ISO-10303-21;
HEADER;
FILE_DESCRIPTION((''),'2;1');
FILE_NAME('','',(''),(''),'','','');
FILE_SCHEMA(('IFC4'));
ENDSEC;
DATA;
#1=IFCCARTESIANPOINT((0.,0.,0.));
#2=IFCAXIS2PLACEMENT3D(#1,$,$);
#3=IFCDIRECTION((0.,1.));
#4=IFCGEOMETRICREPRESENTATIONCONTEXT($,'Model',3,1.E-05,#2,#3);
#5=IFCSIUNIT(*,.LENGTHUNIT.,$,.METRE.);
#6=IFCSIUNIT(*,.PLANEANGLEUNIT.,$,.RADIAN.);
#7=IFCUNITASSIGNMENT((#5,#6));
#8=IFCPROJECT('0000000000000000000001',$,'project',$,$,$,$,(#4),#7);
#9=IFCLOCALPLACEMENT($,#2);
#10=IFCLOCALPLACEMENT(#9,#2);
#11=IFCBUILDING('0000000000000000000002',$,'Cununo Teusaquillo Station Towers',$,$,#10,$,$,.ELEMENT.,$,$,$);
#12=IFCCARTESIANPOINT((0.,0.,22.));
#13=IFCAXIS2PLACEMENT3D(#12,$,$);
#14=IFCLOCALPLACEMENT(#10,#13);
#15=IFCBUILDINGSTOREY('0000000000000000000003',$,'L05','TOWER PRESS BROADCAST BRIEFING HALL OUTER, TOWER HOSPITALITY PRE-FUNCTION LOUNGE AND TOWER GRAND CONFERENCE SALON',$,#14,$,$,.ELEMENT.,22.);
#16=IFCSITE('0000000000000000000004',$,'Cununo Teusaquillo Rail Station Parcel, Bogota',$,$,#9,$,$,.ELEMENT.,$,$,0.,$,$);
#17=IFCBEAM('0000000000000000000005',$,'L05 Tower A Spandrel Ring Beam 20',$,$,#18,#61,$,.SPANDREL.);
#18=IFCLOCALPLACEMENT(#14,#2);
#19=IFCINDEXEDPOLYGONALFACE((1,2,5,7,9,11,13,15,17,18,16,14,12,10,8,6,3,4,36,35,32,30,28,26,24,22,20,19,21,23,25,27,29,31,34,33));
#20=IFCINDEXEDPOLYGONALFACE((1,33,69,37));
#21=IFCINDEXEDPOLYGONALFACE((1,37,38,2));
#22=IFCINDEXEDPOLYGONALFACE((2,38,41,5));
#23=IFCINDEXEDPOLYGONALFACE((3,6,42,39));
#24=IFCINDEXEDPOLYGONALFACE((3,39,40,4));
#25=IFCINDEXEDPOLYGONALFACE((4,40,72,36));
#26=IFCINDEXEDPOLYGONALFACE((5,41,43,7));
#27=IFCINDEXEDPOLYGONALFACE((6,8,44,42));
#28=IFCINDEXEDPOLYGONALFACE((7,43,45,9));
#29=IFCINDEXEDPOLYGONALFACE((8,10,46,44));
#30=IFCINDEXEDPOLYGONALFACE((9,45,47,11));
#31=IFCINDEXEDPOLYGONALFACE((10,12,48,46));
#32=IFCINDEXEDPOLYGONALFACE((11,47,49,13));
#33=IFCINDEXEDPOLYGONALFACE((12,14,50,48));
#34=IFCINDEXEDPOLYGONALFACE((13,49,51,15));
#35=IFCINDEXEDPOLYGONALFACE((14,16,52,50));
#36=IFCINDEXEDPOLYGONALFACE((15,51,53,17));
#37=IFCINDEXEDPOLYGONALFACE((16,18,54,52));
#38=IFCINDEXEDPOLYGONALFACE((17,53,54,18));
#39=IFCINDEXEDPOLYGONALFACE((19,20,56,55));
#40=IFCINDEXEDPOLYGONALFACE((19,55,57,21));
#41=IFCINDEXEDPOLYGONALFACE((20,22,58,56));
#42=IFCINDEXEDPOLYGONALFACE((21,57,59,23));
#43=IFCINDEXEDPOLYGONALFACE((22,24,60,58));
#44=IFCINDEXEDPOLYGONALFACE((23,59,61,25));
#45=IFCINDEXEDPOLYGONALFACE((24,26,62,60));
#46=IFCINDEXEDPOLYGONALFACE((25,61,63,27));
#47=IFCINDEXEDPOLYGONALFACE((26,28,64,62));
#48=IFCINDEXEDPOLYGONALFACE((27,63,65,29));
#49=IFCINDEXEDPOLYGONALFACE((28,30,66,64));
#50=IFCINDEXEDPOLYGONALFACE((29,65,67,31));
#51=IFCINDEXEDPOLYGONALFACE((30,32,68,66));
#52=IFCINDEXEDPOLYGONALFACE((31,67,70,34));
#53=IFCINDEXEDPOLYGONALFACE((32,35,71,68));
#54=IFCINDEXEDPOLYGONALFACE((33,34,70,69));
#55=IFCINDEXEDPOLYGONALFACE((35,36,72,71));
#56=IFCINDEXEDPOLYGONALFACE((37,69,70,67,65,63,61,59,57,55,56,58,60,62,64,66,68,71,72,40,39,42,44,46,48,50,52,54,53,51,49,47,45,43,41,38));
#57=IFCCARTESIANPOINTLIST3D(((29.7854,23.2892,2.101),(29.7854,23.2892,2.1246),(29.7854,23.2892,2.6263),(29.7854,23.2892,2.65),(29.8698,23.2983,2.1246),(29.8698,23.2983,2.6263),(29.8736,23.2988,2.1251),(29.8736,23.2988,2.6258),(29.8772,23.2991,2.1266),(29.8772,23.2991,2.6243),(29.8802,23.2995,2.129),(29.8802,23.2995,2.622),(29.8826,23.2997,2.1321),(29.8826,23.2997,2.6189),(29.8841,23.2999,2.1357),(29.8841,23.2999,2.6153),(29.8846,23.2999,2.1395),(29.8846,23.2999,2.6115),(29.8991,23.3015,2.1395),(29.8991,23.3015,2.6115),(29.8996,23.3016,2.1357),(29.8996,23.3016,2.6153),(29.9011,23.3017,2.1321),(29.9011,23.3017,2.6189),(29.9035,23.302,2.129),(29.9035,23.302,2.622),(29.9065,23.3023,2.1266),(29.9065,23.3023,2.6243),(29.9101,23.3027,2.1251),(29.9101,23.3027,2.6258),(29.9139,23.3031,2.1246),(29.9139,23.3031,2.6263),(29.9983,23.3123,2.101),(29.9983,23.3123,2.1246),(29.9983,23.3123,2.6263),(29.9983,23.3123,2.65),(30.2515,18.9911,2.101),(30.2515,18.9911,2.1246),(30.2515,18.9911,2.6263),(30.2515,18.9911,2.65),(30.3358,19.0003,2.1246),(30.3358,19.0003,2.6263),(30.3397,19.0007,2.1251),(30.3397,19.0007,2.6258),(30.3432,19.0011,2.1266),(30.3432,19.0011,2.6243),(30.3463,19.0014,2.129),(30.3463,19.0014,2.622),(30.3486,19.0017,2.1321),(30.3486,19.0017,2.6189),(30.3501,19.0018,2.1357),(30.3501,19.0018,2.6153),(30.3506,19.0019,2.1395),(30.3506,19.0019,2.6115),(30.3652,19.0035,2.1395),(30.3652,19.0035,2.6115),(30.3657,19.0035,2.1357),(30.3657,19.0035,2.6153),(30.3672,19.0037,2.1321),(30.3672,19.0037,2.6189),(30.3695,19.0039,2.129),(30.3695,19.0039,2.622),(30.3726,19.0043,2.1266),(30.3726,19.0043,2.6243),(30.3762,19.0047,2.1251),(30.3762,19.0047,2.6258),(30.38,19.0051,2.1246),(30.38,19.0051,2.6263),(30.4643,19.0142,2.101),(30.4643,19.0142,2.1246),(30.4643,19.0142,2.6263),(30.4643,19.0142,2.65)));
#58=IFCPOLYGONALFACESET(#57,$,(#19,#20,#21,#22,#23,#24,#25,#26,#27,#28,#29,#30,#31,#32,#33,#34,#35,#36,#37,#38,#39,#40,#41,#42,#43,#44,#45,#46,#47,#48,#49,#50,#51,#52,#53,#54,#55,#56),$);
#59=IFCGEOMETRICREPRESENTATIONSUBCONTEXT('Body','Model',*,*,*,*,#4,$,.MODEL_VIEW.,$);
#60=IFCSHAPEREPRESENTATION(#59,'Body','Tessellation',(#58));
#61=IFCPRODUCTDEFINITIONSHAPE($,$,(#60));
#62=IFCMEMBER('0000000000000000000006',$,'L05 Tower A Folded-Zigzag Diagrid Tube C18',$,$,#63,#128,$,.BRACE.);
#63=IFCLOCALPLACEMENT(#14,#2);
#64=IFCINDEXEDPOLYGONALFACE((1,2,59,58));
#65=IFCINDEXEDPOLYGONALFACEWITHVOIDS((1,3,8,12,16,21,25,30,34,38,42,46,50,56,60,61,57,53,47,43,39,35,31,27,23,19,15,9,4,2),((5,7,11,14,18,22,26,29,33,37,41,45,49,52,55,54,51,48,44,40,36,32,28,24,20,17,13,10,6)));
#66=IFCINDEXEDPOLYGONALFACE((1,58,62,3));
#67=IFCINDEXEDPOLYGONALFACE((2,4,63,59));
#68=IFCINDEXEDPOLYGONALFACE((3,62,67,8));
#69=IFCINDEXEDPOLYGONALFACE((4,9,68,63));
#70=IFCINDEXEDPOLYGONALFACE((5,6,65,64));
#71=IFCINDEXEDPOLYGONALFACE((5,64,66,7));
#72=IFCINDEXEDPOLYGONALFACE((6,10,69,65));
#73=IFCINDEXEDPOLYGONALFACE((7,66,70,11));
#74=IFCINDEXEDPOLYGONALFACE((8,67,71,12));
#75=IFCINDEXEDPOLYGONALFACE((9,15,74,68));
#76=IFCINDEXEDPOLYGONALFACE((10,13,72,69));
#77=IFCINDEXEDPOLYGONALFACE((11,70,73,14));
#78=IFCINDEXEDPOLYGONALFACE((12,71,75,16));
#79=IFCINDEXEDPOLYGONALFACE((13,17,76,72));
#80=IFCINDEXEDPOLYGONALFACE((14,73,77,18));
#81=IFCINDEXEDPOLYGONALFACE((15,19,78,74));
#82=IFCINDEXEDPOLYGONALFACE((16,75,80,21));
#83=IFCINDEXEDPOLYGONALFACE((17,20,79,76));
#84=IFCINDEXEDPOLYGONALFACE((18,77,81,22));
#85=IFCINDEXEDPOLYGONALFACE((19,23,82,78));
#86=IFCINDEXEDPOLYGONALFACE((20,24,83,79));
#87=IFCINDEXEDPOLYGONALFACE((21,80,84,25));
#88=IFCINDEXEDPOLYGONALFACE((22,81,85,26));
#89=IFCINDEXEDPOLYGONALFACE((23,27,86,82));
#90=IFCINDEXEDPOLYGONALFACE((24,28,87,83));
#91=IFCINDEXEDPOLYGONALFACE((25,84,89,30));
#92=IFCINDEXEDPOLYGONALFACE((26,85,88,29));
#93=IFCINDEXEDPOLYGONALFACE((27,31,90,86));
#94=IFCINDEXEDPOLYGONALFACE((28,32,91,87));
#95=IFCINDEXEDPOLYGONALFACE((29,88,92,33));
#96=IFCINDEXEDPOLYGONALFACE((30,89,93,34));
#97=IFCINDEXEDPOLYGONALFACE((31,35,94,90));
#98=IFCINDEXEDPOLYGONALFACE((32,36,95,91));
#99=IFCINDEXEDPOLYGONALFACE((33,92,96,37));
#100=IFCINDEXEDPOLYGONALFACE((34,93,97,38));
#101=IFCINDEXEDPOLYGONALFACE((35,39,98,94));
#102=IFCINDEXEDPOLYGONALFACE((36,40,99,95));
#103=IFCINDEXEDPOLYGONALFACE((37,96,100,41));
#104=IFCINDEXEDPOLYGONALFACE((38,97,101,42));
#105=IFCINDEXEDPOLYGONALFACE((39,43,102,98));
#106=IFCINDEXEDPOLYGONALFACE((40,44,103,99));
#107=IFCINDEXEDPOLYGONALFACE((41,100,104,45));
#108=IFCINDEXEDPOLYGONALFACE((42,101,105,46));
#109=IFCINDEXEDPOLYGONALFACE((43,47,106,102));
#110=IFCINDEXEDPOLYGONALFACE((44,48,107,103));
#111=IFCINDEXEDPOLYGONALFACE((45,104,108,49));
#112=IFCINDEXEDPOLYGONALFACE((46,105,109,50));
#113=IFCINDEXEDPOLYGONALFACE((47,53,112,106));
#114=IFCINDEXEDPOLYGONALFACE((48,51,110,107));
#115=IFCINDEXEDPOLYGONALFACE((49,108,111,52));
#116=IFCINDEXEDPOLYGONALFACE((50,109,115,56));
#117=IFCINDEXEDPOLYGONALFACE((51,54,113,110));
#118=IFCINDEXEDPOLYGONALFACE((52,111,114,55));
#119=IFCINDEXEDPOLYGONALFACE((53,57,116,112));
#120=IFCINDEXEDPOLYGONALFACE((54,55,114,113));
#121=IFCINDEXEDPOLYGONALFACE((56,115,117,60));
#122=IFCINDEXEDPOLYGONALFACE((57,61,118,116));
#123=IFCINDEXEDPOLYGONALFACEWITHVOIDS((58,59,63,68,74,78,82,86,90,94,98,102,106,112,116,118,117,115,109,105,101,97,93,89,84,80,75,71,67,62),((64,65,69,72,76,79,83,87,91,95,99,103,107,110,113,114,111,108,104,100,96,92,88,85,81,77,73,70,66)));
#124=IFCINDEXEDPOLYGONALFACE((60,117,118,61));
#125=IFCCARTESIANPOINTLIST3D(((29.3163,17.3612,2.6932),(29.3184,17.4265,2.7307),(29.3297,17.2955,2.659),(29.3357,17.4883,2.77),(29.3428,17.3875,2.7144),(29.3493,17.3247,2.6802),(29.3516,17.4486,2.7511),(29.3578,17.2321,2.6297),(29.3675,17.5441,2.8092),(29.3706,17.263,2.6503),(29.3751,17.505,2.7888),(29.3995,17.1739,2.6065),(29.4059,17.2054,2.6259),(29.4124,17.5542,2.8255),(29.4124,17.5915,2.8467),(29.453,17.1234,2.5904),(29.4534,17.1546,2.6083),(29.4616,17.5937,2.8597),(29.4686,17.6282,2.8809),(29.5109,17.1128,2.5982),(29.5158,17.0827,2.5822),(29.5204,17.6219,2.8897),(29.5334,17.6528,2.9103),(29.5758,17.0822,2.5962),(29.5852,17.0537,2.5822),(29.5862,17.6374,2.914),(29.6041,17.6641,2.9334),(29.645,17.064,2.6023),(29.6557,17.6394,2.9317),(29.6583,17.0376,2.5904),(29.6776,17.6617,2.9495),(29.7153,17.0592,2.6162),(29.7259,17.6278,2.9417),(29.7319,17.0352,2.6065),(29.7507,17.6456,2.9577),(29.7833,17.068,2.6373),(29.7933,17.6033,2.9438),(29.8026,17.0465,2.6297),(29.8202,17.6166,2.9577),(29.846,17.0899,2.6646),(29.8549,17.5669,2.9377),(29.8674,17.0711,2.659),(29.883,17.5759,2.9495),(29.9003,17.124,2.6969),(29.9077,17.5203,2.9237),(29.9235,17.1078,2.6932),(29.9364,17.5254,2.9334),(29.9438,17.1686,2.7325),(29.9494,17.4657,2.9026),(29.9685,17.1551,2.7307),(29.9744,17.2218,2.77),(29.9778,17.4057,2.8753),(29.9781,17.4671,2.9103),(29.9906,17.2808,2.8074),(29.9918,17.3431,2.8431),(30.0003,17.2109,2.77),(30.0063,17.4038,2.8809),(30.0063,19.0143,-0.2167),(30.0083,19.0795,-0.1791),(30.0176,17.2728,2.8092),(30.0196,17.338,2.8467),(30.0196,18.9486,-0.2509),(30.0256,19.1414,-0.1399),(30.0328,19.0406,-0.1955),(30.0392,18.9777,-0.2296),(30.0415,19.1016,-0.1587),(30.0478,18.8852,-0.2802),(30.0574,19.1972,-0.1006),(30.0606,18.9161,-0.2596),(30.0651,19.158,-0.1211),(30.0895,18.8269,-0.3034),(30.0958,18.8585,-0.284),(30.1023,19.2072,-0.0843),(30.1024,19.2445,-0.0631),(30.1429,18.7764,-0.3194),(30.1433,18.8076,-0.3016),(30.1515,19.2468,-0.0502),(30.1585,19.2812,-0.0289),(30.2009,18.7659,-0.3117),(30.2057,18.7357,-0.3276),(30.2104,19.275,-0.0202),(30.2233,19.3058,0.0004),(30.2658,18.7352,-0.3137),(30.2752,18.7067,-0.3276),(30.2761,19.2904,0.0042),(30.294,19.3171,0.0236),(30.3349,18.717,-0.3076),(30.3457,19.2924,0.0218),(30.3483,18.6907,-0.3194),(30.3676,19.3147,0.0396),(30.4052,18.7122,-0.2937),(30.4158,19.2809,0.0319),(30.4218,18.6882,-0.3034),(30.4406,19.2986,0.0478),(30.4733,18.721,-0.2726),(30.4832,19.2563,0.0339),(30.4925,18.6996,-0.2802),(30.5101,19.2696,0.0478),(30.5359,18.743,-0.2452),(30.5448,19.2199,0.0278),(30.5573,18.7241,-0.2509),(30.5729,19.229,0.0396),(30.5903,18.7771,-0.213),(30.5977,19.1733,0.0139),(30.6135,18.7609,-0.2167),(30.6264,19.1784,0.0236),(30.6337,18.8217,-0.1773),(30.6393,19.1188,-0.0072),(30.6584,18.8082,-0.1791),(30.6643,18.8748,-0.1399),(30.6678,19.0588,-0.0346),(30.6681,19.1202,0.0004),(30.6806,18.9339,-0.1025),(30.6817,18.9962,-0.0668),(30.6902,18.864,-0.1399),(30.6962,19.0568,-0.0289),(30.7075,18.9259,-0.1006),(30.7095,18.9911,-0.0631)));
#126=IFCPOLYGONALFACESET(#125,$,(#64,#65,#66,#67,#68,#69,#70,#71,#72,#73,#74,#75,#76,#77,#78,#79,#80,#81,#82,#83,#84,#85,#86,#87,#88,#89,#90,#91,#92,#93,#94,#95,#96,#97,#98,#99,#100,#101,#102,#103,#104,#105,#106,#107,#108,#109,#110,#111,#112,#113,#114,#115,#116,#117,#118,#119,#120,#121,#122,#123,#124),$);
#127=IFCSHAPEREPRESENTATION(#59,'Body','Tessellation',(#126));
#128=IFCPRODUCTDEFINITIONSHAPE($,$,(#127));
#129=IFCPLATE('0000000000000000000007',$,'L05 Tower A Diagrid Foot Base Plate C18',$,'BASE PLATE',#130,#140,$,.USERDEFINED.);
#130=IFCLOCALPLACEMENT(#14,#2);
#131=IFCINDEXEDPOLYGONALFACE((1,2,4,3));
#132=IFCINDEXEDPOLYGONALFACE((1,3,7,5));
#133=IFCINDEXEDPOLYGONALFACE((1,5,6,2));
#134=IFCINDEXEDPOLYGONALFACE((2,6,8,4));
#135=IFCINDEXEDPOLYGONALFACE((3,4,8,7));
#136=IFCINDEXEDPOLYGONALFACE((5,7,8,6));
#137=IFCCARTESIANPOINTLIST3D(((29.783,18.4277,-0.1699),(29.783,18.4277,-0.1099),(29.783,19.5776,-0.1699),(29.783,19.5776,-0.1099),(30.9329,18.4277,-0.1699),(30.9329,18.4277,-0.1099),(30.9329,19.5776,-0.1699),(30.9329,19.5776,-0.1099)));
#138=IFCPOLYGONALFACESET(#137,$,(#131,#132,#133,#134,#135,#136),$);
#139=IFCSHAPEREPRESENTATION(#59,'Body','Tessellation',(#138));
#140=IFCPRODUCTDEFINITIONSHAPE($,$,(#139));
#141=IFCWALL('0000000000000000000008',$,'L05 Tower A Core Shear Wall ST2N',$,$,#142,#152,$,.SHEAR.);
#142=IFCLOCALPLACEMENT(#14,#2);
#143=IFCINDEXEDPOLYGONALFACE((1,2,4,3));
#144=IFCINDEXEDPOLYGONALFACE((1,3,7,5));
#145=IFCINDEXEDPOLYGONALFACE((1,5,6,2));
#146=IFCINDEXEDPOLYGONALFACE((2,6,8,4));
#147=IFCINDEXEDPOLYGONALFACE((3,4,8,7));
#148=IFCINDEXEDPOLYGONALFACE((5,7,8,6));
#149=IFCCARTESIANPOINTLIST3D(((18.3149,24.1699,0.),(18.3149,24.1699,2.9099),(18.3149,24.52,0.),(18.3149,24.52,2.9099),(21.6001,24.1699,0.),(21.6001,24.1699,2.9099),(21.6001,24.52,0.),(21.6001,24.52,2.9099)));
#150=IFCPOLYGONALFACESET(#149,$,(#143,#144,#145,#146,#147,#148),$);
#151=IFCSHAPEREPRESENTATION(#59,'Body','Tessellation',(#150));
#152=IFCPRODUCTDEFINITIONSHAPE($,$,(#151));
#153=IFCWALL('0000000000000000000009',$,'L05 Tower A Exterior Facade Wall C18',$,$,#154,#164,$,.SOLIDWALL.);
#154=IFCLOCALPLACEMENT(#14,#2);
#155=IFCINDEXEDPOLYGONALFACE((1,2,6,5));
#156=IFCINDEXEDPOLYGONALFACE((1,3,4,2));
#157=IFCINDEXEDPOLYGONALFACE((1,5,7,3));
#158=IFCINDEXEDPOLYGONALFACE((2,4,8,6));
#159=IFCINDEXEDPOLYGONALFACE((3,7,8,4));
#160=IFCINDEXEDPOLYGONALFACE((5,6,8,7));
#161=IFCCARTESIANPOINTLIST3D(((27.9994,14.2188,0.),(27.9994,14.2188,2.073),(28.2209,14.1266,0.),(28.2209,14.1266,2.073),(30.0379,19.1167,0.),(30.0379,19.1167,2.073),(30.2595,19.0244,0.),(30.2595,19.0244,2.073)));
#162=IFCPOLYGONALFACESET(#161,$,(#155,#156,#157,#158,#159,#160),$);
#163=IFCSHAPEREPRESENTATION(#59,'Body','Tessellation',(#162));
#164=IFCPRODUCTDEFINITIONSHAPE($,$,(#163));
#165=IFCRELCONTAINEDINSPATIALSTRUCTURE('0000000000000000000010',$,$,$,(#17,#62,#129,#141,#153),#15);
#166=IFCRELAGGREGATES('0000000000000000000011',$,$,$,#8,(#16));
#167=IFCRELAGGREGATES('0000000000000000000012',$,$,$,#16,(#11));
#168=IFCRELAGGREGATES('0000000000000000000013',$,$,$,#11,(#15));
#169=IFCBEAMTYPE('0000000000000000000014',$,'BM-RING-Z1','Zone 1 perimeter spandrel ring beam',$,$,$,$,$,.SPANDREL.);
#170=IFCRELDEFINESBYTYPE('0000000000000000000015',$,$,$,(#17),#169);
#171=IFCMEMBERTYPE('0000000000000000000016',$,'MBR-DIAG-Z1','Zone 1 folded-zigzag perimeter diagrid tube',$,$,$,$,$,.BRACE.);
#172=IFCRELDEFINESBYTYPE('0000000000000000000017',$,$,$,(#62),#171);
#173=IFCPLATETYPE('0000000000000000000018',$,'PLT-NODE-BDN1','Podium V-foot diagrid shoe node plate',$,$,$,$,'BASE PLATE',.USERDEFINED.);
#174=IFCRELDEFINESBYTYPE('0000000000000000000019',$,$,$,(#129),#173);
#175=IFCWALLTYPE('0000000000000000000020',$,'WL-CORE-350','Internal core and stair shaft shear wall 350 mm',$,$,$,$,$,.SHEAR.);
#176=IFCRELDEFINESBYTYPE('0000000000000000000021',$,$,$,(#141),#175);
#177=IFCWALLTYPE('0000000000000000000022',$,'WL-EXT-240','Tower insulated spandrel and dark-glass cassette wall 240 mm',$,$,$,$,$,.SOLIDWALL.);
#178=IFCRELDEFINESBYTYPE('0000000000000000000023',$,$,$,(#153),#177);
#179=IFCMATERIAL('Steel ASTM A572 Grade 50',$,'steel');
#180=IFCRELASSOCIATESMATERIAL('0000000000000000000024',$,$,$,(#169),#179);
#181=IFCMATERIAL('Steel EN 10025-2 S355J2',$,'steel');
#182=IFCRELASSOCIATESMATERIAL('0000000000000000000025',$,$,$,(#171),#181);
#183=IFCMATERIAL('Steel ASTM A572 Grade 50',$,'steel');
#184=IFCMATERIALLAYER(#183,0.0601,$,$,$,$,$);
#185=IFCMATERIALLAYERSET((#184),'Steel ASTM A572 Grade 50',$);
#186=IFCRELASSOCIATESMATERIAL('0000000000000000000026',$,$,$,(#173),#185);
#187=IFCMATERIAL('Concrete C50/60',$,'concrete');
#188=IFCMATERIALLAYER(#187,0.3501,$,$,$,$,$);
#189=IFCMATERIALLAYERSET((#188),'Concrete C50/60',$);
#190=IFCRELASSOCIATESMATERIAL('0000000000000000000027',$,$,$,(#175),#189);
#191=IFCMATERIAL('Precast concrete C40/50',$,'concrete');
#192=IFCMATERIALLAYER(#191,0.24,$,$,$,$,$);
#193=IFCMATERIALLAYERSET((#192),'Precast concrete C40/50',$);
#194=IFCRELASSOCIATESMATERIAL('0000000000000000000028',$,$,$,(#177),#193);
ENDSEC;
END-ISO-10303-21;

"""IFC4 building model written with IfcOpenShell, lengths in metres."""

from ifc_helpers import new_model, si_unit, direction, frame, frame_2d, origin, origin_2d, place, context, subcontext, project, spatial, rectangle, hollow_circle, i_section, extrude, source, transform, mapped, material, layer, layer_set, material_profile, profile_set, type_object, element, save


model = new_model("IFC4")

# Units and contexts
model_context = context("Model", 3, precision=1e-05, world=origin(), true_north=direction((0.0, 1.0)))
body_context = subcontext(model_context, "Body", "Model", "MODEL_VIEW")
ifc_project = project(units=[si_unit("LENGTHUNIT", "METRE"), si_unit("PLANEANGLEUNIT", "RADIAN")], contexts=[model_context])

# Site, building, storey
site_placement = place(None, origin())
site = spatial("IfcSite", under=ifc_project, at=site_placement, Name="Cununo Teusaquillo Rail Station Parcel, Bogota", CompositionType="ELEMENT", RefElevation=0.0)
building_placement = place(site_placement, origin())
building = spatial("IfcBuilding", under=site, at=building_placement, Name="Cununo Teusaquillo Station Towers", CompositionType="ELEMENT")
storey_placement = place(building_placement, frame((0.0, 0.0, 22.0)))
storey = spatial("IfcBuildingStorey", under=building, at=storey_placement, Name="L05", Description="TOWER PRESS BROADCAST BRIEFING HALL OUTER, TOWER HOSPITALITY PRE-FUNCTION LOUNGE AND TOWER GRAND CONFERENCE SALON", CompositionType="ELEMENT", Elevation=22.0)

# Beam
ifc_material_1 = material(Name="Steel ASTM A572 Grade 50", Category="steel")
ifc_material_profile_1 = material_profile(ifc_material_1, i_section(OverallWidth=0.2141, OverallDepth=0.5491, WebThickness=0.0146, FlangeThickness=0.0237, FilletRadius=0.0149, at=origin_2d()), Name="W21X93")
ifc_profile_set_1 = profile_set([ifc_material_profile_1], Name="Steel ASTM A572 Grade 50")
beam_type_1 = type_object("IfcBeamType", Name="BM-RING-Z1", Description="Zone 1 perimeter spandrel ring beam", PredefinedType="SPANDREL", material=ifc_profile_set_1)
beam_1_placement = place(storey_placement, frame((30.3579, 19.0027, 2.3755), z_axis=(-0.107803, 0.994172, 0.0), x_axis=(-0.994172, -0.107803, 0.0)))
element("IfcBeam", 1, at=beam_1_placement, inside=storey, type_object=beam_type_1, Name="L05 Tower A Spandrel Ring Beam 20", PredefinedType="SPANDREL", context=body_context, shape_type="SweptSolid", body=[
    extrude(i_section(OverallWidth=0.2141, OverallDepth=0.5491, WebThickness=0.0146, FlangeThickness=0.0237, FilletRadius=0.0149, at=origin_2d()), origin(), (0.0, 0.0, 1.0), 4.3232),
])

# Member
ifc_material_2 = material(Name="Steel EN 10025-2 S355J2", Category="steel")
ifc_material_profile_2 = material_profile(ifc_material_2, hollow_circle(Radius=0.3601, WallThickness=0.0281, at=origin_2d()), Name="CHS 720x28")
ifc_profile_set_2 = profile_set([ifc_material_profile_2], Name="Steel EN 10025-2 S355J2")
member_type = type_object("IfcMemberType", Name="MBR-DIAG-Z1", Description="Zone 1 folded-zigzag perimeter diagrid tube", PredefinedType="BRACE", material=ifc_profile_set_2)
member_placement = place(storey_placement, frame((30.3579, 19.0027, -0.1399), z_axis=(-0.201911, -0.483772, 0.851585), x_axis=(0.922847, -0.385167, 0.0)))
element("IfcMember", 2, at=member_placement, inside=storey, type_object=member_type, Name="L05 Tower A Folded-Zigzag Diagrid Tube C18", PredefinedType="BRACE", context=body_context, shape_type="SweptSolid", body=[
    extrude(hollow_circle(Radius=0.3601, WallThickness=0.0281, at=origin_2d()), origin(), (0.0, 0.0, 1.0), 3.417),
])

# Plate
ifc_material_3 = material(Name="Steel ASTM A572 Grade 50", Category="steel")
ifc_layer_1 = layer(ifc_material_3, 0.0601)
ifc_layer_set_1 = layer_set([ifc_layer_1], Name="Steel ASTM A572 Grade 50")
plate_type = type_object("IfcPlateType", Name="PLT-NODE-BDN1", Description="Podium V-foot diagrid shoe node plate", ElementType="BASE PLATE", PredefinedType="USERDEFINED", material=ifc_layer_set_1)
shared_shape_1 = source(origin(), body_context, "Body", "SweptSolid", [
    extrude(rectangle(XDim=1.1499, YDim=1.1499, at=origin_2d()), origin(), (0.0, 0.0, 1.0), 0.0601),
])
plate_placement = place(storey_placement, frame((30.3579, 19.0027, -0.1699), z_axis=(0.0, 0.0, 1.0), x_axis=(1.0, 0.0, 0.0)))
element("IfcPlate", 3, at=plate_placement, inside=storey, type_object=plate_type, Name="L05 Tower A Diagrid Foot Base Plate C18", ObjectType="BASE PLATE", PredefinedType="USERDEFINED", context=body_context, shape_type="MappedRepresentation", body=[
    mapped(shared_shape_1, transform((0.0, 0.0, 0.0), x_axis=(1.0, 0.0, 0.0), y_axis=(0.0, 1.0, 0.0), z_axis=(0.0, 0.0, 1.0), scale=1.0)),
])

# Walls
ifc_material_4 = material(Name="Concrete C50/60", Category="concrete")
ifc_layer_2 = layer(ifc_material_4, 0.3501)
ifc_layer_set_2 = layer_set([ifc_layer_2], Name="Concrete C50/60")
wall_type_1 = type_object("IfcWallType", Name="WL-CORE-350", Description="Internal core and stair shaft shear wall 350 mm", PredefinedType="SHEAR", material=ifc_layer_set_2)
wall_1_placement = place(storey_placement, frame((18.3149, 24.345, 0.0), z_axis=(0.0, 0.0, 1.0), x_axis=(1.0, 0.0, 0.0)))
element("IfcWall", 4, at=wall_1_placement, inside=storey, type_object=wall_type_1, Name="L05 Tower A Core Shear Wall ST2N", PredefinedType="SHEAR", context=body_context, shape_type="SweptSolid", body=[
    extrude(rectangle(XDim=3.2852, YDim=0.3501, at=frame_2d((1.6426, 0.0))), origin(), (0.0, 0.0, 1.0), 2.9099),
])
ifc_material_5 = material(Name="Precast concrete C40/50", Category="concrete")
ifc_layer_3 = layer(ifc_material_5, 0.24)
ifc_layer_set_3 = layer_set([ifc_layer_3], Name="Precast concrete C40/50")
wall_type_2 = type_object("IfcWallType", Name="WL-EXT-240", Description="Tower insulated spandrel and dark-glass cassette wall 240 mm", PredefinedType="SOLIDWALL", material=ifc_layer_set_3)
wall_2_placement = place(storey_placement, frame((30.1487, 19.0706, 0.0), z_axis=(0.0, 0.0, 1.0), x_axis=(-0.384256, -0.923227, 0.0)))
element("IfcWall", 5, at=wall_2_placement, inside=storey, type_object=wall_type_2, Name="L05 Tower A Exterior Facade Wall C18", PredefinedType="SOLIDWALL", context=body_context, shape_type="SweptSolid", body=[
    extrude(rectangle(XDim=5.3052, YDim=0.24, at=frame_2d((2.6526, 0.0))), origin(), (0.0, 0.0, 1.0), 2.073),
])

save(model, "model.ifc")
